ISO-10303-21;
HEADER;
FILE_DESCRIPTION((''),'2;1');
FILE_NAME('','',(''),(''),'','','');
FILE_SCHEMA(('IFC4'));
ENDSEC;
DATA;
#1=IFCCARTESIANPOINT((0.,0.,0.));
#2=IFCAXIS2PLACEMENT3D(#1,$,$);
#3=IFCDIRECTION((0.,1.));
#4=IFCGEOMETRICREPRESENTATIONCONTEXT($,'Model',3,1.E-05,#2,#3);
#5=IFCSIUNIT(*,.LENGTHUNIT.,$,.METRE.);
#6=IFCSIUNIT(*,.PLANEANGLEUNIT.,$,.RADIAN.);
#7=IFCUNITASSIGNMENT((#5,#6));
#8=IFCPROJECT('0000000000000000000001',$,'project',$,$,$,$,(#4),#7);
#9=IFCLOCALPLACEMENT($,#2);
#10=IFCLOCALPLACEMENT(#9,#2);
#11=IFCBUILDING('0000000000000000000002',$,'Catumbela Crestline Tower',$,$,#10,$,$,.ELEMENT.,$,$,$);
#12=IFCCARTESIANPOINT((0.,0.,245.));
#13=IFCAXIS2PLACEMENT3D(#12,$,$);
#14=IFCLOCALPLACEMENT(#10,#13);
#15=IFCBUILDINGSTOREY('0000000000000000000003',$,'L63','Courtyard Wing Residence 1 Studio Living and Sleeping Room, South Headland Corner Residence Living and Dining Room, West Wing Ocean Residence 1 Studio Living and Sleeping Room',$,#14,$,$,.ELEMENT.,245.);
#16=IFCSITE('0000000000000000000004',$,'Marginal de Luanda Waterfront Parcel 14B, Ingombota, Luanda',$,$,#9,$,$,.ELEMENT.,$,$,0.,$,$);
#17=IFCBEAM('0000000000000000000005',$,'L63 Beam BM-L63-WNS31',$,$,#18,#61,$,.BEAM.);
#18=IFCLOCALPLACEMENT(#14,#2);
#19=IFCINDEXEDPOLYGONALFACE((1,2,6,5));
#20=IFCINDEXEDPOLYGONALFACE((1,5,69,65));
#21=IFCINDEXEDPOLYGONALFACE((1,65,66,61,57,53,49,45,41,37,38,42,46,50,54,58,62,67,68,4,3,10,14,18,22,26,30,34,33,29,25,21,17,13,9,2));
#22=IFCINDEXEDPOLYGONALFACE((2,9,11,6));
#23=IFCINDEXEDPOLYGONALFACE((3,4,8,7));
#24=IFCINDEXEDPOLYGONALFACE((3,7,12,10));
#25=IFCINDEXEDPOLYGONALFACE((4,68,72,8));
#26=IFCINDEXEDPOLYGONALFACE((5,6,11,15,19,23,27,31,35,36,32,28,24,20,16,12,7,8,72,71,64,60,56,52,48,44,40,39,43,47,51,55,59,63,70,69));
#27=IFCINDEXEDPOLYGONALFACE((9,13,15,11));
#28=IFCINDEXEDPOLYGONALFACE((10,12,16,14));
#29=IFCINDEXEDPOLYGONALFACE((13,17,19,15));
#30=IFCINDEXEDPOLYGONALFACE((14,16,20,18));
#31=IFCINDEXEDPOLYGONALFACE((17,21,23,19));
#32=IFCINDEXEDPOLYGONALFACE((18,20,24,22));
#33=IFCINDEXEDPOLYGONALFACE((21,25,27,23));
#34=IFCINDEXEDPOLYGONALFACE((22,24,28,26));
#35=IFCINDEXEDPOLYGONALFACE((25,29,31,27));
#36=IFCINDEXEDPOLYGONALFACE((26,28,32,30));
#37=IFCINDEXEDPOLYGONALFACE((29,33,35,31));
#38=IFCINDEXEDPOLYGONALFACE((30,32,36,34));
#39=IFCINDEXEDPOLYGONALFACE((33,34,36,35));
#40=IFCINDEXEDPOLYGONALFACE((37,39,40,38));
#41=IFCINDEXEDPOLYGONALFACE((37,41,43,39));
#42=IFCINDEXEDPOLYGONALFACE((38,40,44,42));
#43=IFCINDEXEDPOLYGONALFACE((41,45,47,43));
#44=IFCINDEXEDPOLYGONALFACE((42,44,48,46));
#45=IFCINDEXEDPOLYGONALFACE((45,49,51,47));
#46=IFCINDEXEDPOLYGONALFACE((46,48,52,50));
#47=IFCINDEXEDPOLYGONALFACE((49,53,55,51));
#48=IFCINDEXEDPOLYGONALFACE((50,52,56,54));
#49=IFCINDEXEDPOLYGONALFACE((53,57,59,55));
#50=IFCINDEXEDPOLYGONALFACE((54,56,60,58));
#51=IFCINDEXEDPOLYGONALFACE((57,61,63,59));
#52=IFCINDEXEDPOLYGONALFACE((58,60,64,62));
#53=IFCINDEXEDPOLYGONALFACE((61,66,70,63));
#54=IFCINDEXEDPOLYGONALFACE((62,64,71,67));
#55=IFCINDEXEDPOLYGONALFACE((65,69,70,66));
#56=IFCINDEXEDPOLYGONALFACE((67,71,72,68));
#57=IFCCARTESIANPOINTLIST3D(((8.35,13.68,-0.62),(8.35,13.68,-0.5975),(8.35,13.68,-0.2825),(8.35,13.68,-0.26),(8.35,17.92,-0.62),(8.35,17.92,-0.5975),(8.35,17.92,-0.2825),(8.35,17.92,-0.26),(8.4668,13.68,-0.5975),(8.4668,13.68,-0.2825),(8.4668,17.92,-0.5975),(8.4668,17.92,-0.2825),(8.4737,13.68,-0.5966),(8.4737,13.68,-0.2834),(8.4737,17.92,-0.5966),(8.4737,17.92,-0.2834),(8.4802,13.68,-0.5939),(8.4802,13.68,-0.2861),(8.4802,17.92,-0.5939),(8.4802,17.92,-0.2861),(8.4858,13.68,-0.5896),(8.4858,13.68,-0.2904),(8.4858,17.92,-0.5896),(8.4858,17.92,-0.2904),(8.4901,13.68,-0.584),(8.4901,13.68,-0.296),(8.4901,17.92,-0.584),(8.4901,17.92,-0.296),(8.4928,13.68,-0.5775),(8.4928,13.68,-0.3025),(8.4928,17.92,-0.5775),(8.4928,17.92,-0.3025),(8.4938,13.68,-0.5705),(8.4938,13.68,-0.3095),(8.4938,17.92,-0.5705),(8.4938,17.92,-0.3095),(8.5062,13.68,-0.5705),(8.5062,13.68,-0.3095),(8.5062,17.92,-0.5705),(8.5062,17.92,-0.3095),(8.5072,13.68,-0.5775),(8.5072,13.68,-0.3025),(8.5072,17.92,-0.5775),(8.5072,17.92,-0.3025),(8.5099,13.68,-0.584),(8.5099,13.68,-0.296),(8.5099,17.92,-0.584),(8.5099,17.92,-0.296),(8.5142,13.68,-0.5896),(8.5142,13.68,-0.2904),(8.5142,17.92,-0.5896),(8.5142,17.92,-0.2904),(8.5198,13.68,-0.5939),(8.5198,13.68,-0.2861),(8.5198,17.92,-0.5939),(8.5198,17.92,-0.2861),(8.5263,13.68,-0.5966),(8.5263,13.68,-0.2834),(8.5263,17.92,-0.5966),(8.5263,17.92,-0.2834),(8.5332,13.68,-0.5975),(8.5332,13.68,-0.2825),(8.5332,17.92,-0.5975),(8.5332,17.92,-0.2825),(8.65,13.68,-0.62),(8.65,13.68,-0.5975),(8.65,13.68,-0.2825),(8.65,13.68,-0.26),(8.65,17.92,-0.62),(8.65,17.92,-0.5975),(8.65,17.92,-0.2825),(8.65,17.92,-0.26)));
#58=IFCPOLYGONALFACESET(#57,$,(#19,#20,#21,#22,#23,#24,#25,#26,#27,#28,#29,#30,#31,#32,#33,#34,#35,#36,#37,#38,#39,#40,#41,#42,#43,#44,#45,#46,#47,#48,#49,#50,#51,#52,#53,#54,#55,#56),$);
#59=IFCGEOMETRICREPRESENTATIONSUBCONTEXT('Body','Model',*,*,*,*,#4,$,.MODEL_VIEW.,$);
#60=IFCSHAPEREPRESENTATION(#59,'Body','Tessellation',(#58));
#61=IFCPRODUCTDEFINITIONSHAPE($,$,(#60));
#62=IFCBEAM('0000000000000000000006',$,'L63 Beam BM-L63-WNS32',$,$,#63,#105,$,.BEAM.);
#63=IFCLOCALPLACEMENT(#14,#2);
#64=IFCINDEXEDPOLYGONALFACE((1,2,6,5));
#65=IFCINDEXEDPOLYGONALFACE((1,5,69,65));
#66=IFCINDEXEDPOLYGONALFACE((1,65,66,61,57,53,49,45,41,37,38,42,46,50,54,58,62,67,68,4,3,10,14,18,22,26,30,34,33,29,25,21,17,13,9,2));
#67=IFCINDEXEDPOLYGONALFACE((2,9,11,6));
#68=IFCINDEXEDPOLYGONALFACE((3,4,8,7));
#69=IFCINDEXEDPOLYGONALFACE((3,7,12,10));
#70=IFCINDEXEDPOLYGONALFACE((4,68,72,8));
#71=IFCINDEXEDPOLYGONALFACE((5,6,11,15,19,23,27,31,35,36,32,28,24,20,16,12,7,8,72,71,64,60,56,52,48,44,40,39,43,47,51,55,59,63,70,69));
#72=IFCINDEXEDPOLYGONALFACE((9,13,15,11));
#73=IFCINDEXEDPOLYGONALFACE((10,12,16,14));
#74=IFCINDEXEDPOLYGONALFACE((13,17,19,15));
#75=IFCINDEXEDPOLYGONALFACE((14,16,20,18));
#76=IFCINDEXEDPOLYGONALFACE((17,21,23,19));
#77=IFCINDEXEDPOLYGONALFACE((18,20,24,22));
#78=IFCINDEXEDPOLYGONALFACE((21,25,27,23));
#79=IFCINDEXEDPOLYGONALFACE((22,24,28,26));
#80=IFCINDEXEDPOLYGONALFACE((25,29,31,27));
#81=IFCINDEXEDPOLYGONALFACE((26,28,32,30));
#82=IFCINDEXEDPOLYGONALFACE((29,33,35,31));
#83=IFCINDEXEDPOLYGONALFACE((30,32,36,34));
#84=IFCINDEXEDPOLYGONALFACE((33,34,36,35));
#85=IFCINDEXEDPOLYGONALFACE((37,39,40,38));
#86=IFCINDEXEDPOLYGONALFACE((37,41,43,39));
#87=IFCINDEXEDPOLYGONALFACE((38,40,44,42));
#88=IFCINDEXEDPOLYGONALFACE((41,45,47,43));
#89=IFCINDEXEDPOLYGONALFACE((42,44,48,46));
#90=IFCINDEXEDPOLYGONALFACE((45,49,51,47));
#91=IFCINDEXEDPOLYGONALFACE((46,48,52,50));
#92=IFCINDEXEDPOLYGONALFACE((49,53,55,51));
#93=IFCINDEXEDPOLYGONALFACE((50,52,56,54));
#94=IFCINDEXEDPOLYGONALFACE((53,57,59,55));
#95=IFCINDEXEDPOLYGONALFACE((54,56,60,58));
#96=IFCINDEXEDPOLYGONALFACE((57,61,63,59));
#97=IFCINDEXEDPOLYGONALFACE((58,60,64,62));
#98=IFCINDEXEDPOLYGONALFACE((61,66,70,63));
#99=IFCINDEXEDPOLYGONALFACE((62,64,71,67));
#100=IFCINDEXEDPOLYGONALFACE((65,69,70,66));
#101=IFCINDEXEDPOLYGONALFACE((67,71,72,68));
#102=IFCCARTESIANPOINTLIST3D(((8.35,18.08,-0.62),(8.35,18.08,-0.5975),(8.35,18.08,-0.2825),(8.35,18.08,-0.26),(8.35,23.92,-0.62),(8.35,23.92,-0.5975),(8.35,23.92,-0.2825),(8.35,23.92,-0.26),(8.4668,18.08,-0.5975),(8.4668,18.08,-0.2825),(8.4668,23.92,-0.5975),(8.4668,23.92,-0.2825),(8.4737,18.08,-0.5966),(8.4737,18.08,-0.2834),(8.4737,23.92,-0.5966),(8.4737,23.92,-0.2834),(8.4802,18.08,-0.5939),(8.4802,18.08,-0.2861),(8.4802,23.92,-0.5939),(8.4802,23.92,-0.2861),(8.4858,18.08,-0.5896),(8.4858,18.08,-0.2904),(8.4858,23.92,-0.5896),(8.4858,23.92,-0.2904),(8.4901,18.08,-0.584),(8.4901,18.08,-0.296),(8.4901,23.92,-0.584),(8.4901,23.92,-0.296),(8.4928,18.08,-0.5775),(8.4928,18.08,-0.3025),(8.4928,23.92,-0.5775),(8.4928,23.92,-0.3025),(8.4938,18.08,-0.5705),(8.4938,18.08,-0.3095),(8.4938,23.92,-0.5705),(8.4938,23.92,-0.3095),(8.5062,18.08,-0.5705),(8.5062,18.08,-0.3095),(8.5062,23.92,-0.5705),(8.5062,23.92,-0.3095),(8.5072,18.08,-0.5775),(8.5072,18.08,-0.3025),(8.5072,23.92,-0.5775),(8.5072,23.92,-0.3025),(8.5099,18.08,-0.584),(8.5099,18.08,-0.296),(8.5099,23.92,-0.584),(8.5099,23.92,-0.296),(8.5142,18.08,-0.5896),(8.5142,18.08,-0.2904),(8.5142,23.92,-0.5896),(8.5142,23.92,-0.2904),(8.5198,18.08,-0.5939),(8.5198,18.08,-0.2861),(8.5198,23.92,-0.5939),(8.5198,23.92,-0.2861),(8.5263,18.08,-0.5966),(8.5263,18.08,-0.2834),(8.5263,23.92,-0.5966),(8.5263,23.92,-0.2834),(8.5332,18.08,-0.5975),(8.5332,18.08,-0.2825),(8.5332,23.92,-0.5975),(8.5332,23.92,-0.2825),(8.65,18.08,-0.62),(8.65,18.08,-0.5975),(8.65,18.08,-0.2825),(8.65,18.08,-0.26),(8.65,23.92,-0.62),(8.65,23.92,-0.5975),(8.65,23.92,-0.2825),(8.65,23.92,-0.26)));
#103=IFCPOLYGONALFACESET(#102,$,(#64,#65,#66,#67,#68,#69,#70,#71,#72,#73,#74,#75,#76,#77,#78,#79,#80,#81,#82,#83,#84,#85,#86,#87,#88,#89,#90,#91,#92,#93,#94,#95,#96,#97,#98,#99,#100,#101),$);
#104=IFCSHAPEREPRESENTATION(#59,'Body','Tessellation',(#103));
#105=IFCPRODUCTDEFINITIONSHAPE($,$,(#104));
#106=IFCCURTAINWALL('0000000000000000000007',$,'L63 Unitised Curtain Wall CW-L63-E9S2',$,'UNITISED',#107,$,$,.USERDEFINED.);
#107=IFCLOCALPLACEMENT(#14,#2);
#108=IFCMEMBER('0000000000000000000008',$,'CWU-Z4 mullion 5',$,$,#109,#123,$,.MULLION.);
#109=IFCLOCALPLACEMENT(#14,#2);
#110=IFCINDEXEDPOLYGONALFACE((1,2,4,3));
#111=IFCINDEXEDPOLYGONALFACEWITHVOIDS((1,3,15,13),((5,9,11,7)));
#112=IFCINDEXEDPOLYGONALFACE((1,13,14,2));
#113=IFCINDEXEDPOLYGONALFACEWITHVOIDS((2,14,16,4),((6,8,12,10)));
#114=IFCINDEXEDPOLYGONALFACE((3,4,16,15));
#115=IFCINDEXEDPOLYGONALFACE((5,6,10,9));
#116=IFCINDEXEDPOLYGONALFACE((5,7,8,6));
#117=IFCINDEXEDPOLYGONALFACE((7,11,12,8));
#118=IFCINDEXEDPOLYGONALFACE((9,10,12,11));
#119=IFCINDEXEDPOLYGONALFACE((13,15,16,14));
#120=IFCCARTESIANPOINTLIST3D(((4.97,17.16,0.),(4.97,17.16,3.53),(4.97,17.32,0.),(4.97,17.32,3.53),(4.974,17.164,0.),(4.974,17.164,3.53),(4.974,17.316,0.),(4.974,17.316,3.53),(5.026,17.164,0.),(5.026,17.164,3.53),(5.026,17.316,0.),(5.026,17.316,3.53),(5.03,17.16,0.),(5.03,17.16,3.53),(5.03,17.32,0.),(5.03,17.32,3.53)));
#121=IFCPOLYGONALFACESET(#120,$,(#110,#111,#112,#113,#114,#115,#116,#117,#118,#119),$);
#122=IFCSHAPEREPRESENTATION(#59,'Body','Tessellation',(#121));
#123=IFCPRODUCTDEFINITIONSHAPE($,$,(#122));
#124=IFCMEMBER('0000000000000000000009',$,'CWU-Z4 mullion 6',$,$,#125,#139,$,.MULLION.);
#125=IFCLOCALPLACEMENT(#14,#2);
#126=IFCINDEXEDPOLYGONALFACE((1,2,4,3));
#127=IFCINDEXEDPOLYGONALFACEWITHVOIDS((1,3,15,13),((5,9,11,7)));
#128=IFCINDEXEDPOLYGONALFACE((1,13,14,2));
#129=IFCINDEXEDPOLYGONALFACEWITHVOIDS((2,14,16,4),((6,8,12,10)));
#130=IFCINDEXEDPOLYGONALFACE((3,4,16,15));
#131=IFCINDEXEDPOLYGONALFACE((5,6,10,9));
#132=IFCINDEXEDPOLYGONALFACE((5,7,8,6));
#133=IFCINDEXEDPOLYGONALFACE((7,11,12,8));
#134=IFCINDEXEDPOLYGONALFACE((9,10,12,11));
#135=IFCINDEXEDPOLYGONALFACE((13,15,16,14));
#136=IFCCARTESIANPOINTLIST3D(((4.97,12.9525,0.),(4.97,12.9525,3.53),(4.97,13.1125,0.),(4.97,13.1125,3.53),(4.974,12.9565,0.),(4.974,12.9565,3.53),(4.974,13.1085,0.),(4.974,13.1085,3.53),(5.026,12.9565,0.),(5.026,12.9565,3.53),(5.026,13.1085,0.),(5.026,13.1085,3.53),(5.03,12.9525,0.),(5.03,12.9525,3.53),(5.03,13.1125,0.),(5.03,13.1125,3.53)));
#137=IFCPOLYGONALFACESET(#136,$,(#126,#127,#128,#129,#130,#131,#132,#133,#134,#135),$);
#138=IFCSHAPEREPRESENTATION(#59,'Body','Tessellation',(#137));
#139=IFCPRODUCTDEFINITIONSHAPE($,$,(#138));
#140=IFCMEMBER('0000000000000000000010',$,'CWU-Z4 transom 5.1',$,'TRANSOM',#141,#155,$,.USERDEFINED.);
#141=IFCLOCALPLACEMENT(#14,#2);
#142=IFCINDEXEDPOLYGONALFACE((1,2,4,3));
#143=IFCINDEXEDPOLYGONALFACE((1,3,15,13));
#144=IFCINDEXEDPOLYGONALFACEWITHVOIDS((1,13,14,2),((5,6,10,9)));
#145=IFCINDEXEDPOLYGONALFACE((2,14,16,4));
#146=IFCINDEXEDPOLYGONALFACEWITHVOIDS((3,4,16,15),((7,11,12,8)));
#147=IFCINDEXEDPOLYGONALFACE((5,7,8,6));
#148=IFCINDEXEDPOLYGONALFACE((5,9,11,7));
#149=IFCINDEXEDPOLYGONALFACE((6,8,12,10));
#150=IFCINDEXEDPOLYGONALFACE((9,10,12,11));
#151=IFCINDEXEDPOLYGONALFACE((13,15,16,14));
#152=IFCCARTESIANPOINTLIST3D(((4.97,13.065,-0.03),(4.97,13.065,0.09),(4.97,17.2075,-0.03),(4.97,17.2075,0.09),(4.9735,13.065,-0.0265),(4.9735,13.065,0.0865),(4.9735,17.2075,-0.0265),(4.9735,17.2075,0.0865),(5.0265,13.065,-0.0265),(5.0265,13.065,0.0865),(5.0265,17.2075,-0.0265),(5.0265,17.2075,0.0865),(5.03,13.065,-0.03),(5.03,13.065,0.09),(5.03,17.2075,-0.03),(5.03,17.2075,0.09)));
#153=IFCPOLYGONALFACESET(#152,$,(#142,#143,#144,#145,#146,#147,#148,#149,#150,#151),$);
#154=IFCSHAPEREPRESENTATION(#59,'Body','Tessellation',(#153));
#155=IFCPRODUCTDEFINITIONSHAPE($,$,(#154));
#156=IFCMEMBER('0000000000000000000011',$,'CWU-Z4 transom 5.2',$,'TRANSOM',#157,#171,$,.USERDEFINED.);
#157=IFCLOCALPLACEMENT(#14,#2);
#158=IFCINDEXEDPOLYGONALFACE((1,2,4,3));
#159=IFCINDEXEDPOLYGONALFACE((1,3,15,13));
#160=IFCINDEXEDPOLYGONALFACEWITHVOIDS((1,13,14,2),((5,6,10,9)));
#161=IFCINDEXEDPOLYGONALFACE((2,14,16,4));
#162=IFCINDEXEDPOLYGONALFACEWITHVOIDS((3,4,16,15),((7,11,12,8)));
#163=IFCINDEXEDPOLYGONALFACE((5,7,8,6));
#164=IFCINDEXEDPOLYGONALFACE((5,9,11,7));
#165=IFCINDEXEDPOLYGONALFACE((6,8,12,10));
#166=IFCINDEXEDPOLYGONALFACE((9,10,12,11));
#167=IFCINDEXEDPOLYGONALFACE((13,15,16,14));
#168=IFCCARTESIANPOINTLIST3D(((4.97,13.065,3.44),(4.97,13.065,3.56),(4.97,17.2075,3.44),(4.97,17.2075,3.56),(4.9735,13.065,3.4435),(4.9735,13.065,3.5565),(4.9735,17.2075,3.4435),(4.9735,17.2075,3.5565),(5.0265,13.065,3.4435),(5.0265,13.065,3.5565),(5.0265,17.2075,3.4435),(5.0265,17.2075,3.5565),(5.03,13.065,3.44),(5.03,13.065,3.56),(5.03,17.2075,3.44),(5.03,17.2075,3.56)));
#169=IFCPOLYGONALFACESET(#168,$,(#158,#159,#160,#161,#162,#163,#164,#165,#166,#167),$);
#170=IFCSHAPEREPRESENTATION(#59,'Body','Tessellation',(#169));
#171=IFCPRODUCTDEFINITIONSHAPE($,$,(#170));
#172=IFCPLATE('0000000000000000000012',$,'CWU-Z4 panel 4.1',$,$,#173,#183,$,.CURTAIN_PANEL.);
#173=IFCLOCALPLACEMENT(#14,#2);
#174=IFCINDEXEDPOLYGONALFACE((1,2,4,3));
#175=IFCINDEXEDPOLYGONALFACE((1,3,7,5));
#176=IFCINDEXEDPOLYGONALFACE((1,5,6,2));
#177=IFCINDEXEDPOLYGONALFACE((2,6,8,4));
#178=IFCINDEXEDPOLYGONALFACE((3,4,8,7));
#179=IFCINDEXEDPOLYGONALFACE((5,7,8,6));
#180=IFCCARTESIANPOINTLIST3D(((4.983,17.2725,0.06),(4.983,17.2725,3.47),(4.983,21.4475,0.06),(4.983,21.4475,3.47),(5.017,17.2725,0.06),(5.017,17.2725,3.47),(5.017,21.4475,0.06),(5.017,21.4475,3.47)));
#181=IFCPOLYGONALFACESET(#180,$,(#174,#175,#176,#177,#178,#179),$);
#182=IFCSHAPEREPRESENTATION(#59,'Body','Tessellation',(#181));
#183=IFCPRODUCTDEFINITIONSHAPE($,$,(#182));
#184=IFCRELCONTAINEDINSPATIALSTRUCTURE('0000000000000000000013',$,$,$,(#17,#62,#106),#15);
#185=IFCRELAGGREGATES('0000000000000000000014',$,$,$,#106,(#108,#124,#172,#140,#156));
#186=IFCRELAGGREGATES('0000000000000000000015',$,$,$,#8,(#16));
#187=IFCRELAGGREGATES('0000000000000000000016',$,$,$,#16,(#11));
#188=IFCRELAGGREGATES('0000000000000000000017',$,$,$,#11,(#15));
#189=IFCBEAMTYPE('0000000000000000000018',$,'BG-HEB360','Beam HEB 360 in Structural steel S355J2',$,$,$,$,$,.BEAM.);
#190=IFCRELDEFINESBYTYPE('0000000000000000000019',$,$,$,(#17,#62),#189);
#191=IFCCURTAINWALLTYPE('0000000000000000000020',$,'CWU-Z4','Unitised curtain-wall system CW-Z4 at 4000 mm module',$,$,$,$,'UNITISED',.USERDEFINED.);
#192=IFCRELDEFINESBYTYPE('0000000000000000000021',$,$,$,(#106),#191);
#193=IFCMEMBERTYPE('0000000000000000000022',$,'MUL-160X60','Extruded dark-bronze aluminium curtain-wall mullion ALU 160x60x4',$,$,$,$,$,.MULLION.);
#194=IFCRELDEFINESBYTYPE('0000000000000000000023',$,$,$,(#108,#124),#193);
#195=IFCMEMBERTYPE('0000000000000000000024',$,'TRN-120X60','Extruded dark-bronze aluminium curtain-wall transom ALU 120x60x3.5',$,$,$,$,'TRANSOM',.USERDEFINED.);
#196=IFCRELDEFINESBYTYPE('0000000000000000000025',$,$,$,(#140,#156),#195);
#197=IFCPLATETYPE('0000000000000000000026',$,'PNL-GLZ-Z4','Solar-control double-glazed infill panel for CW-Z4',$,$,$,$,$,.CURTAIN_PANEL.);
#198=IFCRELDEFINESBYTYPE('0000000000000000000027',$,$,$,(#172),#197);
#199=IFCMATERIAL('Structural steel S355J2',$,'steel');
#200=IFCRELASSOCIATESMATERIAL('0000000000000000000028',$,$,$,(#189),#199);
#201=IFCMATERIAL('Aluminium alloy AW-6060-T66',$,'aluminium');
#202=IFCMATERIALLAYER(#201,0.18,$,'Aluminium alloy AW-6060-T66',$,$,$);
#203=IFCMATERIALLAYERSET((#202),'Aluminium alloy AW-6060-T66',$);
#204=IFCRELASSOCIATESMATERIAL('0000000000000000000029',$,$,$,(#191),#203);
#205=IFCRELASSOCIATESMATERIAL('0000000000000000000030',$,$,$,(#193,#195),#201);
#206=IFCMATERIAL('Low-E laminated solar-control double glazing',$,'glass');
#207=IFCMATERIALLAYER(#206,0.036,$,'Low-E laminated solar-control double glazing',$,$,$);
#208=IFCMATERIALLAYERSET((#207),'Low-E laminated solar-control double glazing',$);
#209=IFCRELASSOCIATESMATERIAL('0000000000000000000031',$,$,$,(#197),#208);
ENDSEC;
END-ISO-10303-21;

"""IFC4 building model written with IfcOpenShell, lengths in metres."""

from ifc_helpers import new_model, si_unit, direction, frame, origin, origin_2d, place, context, subcontext, project, spatial, rectangle, hollow_rectangle, i_section, extrude, material, layer, layer_set, material_profile, profile_set, type_object, element, aggregate, save


model = new_model("IFC4")

# Units and contexts
model_context = context("Model", 3, precision=1e-05, world=origin(), true_north=direction((0.0, 1.0)))
body_context = subcontext(model_context, "Body", "Model", "MODEL_VIEW")
ifc_project = project(units=[si_unit("LENGTHUNIT", "METRE"), si_unit("PLANEANGLEUNIT", "RADIAN")], contexts=[model_context])

# Site, building, storey
site_placement = place(None, origin())
site = spatial("IfcSite", under=ifc_project, at=site_placement, Name="Marginal de Luanda Waterfront Parcel 14B, Ingombota, Luanda", CompositionType="ELEMENT", RefElevation=0.0)
building_placement = place(site_placement, origin())
building = spatial("IfcBuilding", under=site, at=building_placement, Name="Catumbela Crestline Tower", CompositionType="ELEMENT")
storey_placement = place(building_placement, frame((0.0, 0.0, 245.0)))
storey = spatial("IfcBuildingStorey", under=building, at=storey_placement, Name="L63", Description="Courtyard Wing Residence 1 Studio Living and Sleeping Room, South Headland Corner Residence Living and Dining Room, West Wing Ocean Residence 1 Studio Living and Sleeping Room", CompositionType="ELEMENT", Elevation=245.0)

# Shared definitions
ifc_material_1 = material(Name="Structural steel S355J2", Category="steel")

# Beams
ifc_material_profile_1 = material_profile(ifc_material_1, i_section(OverallWidth=0.3, OverallDepth=0.36, WebThickness=0.0125, FlangeThickness=0.0225, FilletRadius=0.027, at=origin_2d()), Name="HEB 360")
ifc_profile_set_1 = profile_set([ifc_material_profile_1], Name="Structural steel S355J2")
beam_type = type_object("IfcBeamType", Name="BG-HEB360", Description="Beam HEB 360 in Structural steel S355J2", PredefinedType="BEAM", material=ifc_profile_set_1)
beam_1_placement = place(storey_placement, frame((8.5, 13.68, -0.44), z_axis=(0.0, 1.0, 0.0), x_axis=(-1.0, 0.0, 0.0)))
element("IfcBeam", 1, at=beam_1_placement, inside=storey, type_object=beam_type, Name="L63 Beam BM-L63-WNS31", PredefinedType="BEAM", context=body_context, shape_type="SweptSolid", body=[
    extrude(i_section(OverallWidth=0.3, OverallDepth=0.36, WebThickness=0.0125, FlangeThickness=0.0225, FilletRadius=0.027, at=origin_2d()), origin(), (0.0, 0.0, 1.0), 4.24),
])
beam_2_placement = place(storey_placement, frame((8.5, 18.08, -0.44), z_axis=(0.0, 1.0, 0.0), x_axis=(-1.0, 0.0, 0.0)))
element("IfcBeam", 2, at=beam_2_placement, inside=storey, type_object=beam_type, Name="L63 Beam BM-L63-WNS32", PredefinedType="BEAM", context=body_context, shape_type="SweptSolid", body=[
    extrude(i_section(OverallWidth=0.3, OverallDepth=0.36, WebThickness=0.0125, FlangeThickness=0.0225, FilletRadius=0.027, at=origin_2d()), origin(), (0.0, 0.0, 1.0), 5.84),
])

# Curtain wall, members, plate
ifc_material_2 = material(Name="Aluminium alloy AW-6060-T66", Category="aluminium")
ifc_layer_1 = layer(ifc_material_2, 0.18, Name="Aluminium alloy AW-6060-T66")
ifc_layer_set_1 = layer_set([ifc_layer_1], Name="Aluminium alloy AW-6060-T66")
curtain_wall_type = type_object("IfcCurtainWallType", Name="CWU-Z4", Description="Unitised curtain-wall system CW-Z4 at 4000 mm module", ElementType="UNITISED", PredefinedType="USERDEFINED", material=ifc_layer_set_1)
curtain_wall_placement = place(storey_placement, origin())
curtain_wall = element("IfcCurtainWall", 3, at=curtain_wall_placement, inside=storey, type_object=curtain_wall_type, Name="L63 Unitised Curtain Wall CW-L63-E9S2", ObjectType="UNITISED", PredefinedType="USERDEFINED")
ifc_material_profile_2 = material_profile(ifc_material_2, hollow_rectangle(XDim=0.06, YDim=0.16, WallThickness=0.004, at=origin_2d()), Name="ALU 160x60x4")
ifc_profile_set_2 = profile_set([ifc_material_profile_2], Name="Aluminium alloy AW-6060-T66")
member_type_1 = type_object("IfcMemberType", Name="MUL-160X60", Description="Extruded dark-bronze aluminium curtain-wall mullion ALU 160x60x4", PredefinedType="MULLION", material=ifc_profile_set_2)
member_1_placement = place(storey_placement, frame((5.0, 17.24, 0.0), z_axis=(0.0, 0.0, 1.0), x_axis=(1.0, 0.0, 0.0)))
member_1 = element("IfcMember", 4, at=member_1_placement, type_object=member_type_1, Name="CWU-Z4 mullion 5", PredefinedType="MULLION", context=body_context, shape_type="SweptSolid", body=[
    extrude(hollow_rectangle(XDim=0.06, YDim=0.16, WallThickness=0.004, at=origin_2d()), origin(), (0.0, 0.0, 1.0), 3.53),
])
member_2_placement = place(storey_placement, frame((5.0, 13.0325, 0.0), z_axis=(0.0, 0.0, 1.0), x_axis=(1.0, 0.0, 0.0)))
member_2 = element("IfcMember", 5, at=member_2_placement, type_object=member_type_1, Name="CWU-Z4 mullion 6", PredefinedType="MULLION", context=body_context, shape_type="SweptSolid", body=[
    extrude(hollow_rectangle(XDim=0.06, YDim=0.16, WallThickness=0.004, at=origin_2d()), origin(), (0.0, 0.0, 1.0), 3.53),
])
ifc_material_profile_3 = material_profile(ifc_material_2, hollow_rectangle(XDim=0.06, YDim=0.12, WallThickness=0.0035, at=origin_2d()), Name="ALU 120x60x3.5")
ifc_profile_set_3 = profile_set([ifc_material_profile_3], Name="Aluminium alloy AW-6060-T66")
member_type_2 = type_object("IfcMemberType", Name="TRN-120X60", Description="Extruded dark-bronze aluminium curtain-wall transom ALU 120x60x3.5", ElementType="TRANSOM", PredefinedType="USERDEFINED", material=ifc_profile_set_3)
member_3_placement = place(storey_placement, frame((5.0, 17.2075, 0.03), z_axis=(0.0, -1.0, 0.0), x_axis=(1.0, 0.0, 0.0)))
member_3 = element("IfcMember", 6, at=member_3_placement, type_object=member_type_2, Name="CWU-Z4 transom 5.1", ObjectType="TRANSOM", PredefinedType="USERDEFINED", context=body_context, shape_type="SweptSolid", body=[
    extrude(hollow_rectangle(XDim=0.06, YDim=0.12, WallThickness=0.0035, at=origin_2d()), origin(), (0.0, 0.0, 1.0), 4.1425),
])
member_4_placement = place(storey_placement, frame((5.0, 17.2075, 3.5), z_axis=(0.0, -1.0, 0.0), x_axis=(1.0, 0.0, 0.0)))
member_4 = element("IfcMember", 7, at=member_4_placement, type_object=member_type_2, Name="CWU-Z4 transom 5.2", ObjectType="TRANSOM", PredefinedType="USERDEFINED", context=body_context, shape_type="SweptSolid", body=[
    extrude(hollow_rectangle(XDim=0.06, YDim=0.12, WallThickness=0.0035, at=origin_2d()), origin(), (0.0, 0.0, 1.0), 4.1425),
])
ifc_material_3 = material(Name="Low-E laminated solar-control double glazing", Category="glass")
ifc_layer_2 = layer(ifc_material_3, 0.036, Name="Low-E laminated solar-control double glazing")
ifc_layer_set_2 = layer_set([ifc_layer_2], Name="Low-E laminated solar-control double glazing")
plate_type = type_object("IfcPlateType", Name="PNL-GLZ-Z4", Description="Solar-control double-glazed infill panel for CW-Z4", PredefinedType="CURTAIN_PANEL", material=ifc_layer_set_2)
plate_1_placement = place(storey_placement, frame((5.0, 19.36, 0.06), z_axis=(0.0, 0.0, 1.0), x_axis=(0.0, -1.0, 0.0)))
plate_1 = element("IfcPlate", 8, at=plate_1_placement, type_object=plate_type, Name="CWU-Z4 panel 4.1", PredefinedType="CURTAIN_PANEL", context=body_context, shape_type="SweptSolid", body=[
    extrude(rectangle(XDim=4.175, YDim=0.034, at=origin_2d()), origin(), (0.0, 0.0, 1.0), 3.41),
])
aggregate(curtain_wall, [member_1, member_2, plate_1, member_3, member_4])

save(model, "model.ifc")
